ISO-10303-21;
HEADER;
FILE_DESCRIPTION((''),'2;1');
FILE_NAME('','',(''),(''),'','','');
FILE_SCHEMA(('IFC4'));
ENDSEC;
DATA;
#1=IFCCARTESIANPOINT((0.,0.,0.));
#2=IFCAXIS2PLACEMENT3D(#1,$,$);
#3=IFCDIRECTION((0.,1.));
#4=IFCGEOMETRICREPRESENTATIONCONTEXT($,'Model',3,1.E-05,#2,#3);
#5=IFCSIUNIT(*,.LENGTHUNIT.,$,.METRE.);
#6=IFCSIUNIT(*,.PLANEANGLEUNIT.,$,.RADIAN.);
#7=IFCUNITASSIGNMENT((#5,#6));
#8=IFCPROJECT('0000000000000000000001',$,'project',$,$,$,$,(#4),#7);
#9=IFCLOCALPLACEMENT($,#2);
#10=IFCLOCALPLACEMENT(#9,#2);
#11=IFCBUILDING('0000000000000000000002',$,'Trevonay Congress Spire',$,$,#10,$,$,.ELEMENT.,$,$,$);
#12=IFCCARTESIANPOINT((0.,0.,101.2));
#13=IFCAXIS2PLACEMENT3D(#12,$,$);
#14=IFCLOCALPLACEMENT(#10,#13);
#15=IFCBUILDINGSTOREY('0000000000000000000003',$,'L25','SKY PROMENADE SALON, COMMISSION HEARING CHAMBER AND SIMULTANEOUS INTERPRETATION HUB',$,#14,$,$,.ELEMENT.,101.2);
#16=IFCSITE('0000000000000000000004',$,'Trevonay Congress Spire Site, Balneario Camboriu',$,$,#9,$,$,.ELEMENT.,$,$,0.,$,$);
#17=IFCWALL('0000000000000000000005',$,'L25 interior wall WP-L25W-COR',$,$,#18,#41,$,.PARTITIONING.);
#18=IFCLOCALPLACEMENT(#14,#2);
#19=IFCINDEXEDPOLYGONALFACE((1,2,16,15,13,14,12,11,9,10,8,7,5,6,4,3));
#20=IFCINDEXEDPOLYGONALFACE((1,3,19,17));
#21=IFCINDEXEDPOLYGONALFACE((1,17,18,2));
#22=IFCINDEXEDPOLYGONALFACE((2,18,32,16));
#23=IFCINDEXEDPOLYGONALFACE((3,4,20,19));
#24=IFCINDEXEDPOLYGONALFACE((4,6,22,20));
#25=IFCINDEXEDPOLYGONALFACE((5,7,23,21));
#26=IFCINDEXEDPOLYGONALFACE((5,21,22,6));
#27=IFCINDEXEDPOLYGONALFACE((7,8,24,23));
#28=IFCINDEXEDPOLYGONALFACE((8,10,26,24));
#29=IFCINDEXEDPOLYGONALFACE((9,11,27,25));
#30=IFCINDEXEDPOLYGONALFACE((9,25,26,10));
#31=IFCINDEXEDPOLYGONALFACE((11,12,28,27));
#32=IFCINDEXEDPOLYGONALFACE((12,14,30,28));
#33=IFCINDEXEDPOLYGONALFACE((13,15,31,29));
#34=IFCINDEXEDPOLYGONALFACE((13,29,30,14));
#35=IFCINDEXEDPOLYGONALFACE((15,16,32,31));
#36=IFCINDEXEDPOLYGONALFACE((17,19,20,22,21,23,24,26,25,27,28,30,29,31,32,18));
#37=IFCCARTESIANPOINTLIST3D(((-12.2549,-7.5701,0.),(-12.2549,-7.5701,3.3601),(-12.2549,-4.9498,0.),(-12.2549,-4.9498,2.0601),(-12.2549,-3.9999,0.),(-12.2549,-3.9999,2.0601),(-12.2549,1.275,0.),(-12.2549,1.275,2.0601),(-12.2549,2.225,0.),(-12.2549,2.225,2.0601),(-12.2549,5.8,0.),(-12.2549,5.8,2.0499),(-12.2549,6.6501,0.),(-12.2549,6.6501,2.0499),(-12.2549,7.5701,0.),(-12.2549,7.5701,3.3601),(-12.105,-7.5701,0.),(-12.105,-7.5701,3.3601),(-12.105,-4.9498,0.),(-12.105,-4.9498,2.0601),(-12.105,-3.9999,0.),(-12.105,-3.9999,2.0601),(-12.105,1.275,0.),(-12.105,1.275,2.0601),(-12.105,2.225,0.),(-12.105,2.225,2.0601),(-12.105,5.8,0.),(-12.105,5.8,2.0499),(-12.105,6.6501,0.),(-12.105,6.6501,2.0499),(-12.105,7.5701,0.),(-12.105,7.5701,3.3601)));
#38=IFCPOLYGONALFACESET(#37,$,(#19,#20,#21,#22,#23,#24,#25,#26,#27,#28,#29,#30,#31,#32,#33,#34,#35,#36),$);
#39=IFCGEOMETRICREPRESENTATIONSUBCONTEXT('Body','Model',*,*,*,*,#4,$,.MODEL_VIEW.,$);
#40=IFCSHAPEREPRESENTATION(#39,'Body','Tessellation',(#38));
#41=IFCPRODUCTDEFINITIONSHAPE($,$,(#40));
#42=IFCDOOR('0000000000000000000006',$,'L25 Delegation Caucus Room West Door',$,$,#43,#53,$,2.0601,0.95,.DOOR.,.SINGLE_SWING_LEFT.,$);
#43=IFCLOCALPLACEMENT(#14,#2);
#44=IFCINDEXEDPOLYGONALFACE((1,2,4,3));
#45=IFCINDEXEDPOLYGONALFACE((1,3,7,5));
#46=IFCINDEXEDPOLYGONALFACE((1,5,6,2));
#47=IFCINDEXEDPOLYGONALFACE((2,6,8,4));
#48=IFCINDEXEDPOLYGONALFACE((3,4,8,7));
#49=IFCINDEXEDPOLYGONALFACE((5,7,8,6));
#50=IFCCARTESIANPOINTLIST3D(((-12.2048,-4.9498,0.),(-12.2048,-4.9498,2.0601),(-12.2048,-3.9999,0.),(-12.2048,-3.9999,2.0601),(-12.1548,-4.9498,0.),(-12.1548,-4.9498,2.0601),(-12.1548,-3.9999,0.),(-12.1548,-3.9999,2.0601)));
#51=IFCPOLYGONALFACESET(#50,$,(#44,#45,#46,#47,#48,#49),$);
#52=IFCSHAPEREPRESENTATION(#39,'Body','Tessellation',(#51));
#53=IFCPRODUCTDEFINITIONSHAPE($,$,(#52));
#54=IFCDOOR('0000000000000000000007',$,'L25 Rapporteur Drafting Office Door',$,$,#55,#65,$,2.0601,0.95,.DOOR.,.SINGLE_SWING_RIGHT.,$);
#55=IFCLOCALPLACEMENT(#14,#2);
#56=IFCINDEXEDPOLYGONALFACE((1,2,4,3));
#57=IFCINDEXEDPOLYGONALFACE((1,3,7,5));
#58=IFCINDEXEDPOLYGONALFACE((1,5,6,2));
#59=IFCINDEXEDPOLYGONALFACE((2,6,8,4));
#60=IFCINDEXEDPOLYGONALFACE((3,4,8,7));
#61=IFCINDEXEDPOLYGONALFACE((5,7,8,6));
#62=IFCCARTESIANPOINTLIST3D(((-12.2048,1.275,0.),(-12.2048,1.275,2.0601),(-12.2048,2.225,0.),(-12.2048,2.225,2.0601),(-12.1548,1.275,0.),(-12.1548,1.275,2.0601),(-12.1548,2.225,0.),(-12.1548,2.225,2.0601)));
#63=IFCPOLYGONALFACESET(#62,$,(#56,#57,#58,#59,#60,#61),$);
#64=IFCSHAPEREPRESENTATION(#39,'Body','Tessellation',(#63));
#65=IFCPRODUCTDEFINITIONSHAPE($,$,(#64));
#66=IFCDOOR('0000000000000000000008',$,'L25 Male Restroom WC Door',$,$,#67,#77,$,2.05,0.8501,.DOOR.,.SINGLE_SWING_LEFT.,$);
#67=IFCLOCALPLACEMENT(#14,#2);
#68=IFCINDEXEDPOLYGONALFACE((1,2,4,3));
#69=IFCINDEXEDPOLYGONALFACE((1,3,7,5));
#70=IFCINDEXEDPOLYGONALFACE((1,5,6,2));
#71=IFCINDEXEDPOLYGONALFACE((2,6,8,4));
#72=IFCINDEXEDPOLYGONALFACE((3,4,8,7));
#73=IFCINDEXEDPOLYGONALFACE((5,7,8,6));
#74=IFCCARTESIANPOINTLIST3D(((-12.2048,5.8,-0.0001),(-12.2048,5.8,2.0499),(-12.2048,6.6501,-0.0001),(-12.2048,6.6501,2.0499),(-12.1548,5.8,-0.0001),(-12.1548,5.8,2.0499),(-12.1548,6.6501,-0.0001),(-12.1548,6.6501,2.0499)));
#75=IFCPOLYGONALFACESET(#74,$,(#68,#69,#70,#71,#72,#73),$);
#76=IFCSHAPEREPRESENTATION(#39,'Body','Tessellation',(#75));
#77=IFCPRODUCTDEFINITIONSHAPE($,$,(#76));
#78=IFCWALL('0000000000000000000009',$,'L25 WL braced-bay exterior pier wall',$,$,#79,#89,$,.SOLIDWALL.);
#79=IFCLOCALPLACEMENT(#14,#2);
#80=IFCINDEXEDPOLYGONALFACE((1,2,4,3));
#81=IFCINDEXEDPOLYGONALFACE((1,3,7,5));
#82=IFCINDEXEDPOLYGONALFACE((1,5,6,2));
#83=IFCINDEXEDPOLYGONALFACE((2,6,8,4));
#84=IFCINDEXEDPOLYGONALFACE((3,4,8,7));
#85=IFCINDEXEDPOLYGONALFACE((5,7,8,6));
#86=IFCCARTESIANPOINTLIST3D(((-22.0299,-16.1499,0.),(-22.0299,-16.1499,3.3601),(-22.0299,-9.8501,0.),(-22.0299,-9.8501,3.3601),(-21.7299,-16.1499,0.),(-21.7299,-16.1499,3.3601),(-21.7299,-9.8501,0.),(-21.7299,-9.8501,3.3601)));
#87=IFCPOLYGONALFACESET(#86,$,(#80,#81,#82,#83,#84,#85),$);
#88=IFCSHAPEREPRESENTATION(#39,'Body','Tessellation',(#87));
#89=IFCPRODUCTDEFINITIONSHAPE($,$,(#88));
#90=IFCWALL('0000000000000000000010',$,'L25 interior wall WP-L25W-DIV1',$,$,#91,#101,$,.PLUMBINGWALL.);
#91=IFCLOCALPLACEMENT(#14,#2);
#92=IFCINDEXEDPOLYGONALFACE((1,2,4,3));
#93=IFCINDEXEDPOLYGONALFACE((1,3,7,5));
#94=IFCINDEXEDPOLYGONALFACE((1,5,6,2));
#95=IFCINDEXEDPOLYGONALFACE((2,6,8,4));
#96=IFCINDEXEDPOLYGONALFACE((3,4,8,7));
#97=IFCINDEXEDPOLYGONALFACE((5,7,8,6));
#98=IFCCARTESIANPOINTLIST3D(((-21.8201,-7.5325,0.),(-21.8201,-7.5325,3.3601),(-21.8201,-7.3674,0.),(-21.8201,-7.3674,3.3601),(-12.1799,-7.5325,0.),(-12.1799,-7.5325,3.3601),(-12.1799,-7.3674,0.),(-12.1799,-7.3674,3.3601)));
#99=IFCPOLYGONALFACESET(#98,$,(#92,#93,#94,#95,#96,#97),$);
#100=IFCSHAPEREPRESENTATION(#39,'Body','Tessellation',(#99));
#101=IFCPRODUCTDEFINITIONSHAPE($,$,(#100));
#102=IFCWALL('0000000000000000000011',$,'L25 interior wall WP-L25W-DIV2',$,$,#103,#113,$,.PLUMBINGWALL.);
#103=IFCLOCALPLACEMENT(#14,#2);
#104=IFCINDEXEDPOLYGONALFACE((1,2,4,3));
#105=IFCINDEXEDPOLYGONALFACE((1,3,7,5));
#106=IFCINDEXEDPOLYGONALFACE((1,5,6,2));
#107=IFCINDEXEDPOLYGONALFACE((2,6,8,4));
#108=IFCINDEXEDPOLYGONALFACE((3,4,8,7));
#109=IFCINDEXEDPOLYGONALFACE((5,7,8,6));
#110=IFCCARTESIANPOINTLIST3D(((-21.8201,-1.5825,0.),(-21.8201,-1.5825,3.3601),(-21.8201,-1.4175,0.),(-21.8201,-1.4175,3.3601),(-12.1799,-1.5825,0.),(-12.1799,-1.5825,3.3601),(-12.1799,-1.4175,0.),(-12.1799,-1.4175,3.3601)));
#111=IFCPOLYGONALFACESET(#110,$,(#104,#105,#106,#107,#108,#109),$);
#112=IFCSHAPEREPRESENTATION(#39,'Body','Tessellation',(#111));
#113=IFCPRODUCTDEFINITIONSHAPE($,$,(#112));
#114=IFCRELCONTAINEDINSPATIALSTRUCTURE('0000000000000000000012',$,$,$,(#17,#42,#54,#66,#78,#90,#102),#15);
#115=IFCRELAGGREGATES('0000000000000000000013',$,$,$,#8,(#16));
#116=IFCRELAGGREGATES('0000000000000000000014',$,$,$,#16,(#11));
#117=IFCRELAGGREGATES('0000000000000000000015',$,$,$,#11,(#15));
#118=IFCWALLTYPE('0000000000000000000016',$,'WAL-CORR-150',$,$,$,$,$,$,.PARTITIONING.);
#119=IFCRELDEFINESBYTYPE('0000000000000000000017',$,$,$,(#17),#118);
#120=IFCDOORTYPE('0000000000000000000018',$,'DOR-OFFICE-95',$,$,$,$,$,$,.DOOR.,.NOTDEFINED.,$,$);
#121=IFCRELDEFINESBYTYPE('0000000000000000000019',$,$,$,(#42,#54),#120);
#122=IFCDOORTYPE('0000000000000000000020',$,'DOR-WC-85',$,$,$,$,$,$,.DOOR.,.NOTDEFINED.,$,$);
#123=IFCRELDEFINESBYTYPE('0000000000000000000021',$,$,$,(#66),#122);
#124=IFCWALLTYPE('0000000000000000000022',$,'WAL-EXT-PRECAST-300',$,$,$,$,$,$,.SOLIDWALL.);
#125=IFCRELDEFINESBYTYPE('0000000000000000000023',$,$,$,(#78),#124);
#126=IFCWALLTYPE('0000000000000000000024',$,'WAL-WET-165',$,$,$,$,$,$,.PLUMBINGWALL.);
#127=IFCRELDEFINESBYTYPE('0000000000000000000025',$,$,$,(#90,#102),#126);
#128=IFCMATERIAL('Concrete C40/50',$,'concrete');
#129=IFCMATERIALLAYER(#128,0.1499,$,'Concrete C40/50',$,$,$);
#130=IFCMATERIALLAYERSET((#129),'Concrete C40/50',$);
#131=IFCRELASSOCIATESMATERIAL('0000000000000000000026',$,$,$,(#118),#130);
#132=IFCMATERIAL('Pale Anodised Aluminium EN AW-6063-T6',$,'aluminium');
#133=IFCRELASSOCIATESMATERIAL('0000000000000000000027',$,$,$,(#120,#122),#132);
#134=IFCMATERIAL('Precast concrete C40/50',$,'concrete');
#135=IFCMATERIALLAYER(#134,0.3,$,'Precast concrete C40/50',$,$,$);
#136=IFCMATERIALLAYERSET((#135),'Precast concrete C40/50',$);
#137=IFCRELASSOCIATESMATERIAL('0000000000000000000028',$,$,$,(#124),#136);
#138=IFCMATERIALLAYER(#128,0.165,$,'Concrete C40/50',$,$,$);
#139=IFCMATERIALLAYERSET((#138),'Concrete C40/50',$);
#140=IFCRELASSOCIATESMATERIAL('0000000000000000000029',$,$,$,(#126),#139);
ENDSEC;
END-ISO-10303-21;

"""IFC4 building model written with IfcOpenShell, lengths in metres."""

from ifc_helpers import new_model, si_unit, direction, frame, frame_2d, origin, place, context, subcontext, project, spatial, rectangle, extrude, material, layer, layer_set, type_object, element, fill, save


model = new_model("IFC4")

# Units and contexts
model_context = context("Model", 3, precision=1e-05, world=origin(), true_north=direction((0.0, 1.0)))
body_context = subcontext(model_context, "Body", "Model", "MODEL_VIEW")
ifc_project = project(units=[si_unit("LENGTHUNIT", "METRE"), si_unit("PLANEANGLEUNIT", "RADIAN")], contexts=[model_context])

# Site, building, storey
site_placement = place(None, origin())
site = spatial("IfcSite", under=ifc_project, at=site_placement, Name="Trevonay Congress Spire Site, Balneario Camboriu", CompositionType="ELEMENT", RefElevation=0.0)
building_placement = place(site_placement, origin())
building = spatial("IfcBuilding", under=site, at=building_placement, Name="Trevonay Congress Spire", CompositionType="ELEMENT")
storey_placement = place(building_placement, frame((0.0, 0.0, 101.2)))
storey = spatial("IfcBuildingStorey", under=building, at=storey_placement, Name="L25", Description="SKY PROMENADE SALON, COMMISSION HEARING CHAMBER AND SIMULTANEOUS INTERPRETATION HUB", CompositionType="ELEMENT", Elevation=101.2)

# Shared definitions
ifc_material_1 = material(Name="Pale Anodised Aluminium EN AW-6063-T6", Category="aluminium")

# Wall, openings, doors
ifc_material_2 = material(Name="Concrete C40/50", Category="concrete")
ifc_layer_1 = layer(ifc_material_2, 0.1499, Name="Concrete C40/50")
ifc_layer_set_1 = layer_set([ifc_layer_1], Name="Concrete C40/50")
wall_type_1 = type_object("IfcWallType", Name="WAL-CORR-150", PredefinedType="PARTITIONING", material=ifc_layer_set_1)
door_type_1 = type_object("IfcDoorType", Name="DOR-OFFICE-95", OperationType="NOTDEFINED", PredefinedType="DOOR", material=ifc_material_1)
door_type_2 = type_object("IfcDoorType", Name="DOR-WC-85", OperationType="NOTDEFINED", PredefinedType="DOOR", material=ifc_material_1)
wall_1_placement = place(storey_placement, frame((-12.1799, -7.5701, 0.0), z_axis=(0.0, 0.0, 1.0), x_axis=(0.0, 1.0, 0.0)))
wall_1 = element("IfcWall", 1, at=wall_1_placement, inside=storey, type_object=wall_type_1, Name="L25 interior wall WP-L25W-COR", PredefinedType="PARTITIONING", context=body_context, shape_type="SweptSolid", body=[
    extrude(rectangle(XDim=15.1401, YDim=0.1499, at=frame_2d((7.5701, 0.0))), origin(), (0.0, 0.0, 1.0), 3.3601),
])
opening_1_placement = place(wall_1_placement, frame((2.6201, 0.0, 0.0)))
opening_1 = element("IfcOpeningElement", 2, at=opening_1_placement, cuts=wall_1, PredefinedType="OPENING", context=body_context, shape_type="SweptSolid", body=[
    extrude(rectangle(XDim=0.95, YDim=2.0601, at=frame_2d((0.4751, 1.03))), frame((0.0, 0.085, 0.0), z_axis=(0.0, -1.0, 0.0), x_axis=(1.0, 0.0, 0.0)), (0.0, 0.0, 1.0), 0.1699),
])
opening_2_placement = place(wall_1_placement, frame((8.845, 0.0, 0.0)))
opening_2 = element("IfcOpeningElement", 3, at=opening_2_placement, cuts=wall_1, PredefinedType="OPENING", context=body_context, shape_type="SweptSolid", body=[
    extrude(rectangle(XDim=0.95, YDim=2.0601, at=frame_2d((0.4751, 1.03))), frame((0.0, 0.085, 0.0), z_axis=(0.0, -1.0, 0.0), x_axis=(1.0, 0.0, 0.0)), (0.0, 0.0, 1.0), 0.1699),
])
opening_3_placement = place(wall_1_placement, frame((13.3701, 0.0, 0.0)))
opening_3 = element("IfcOpeningElement", 4, at=opening_3_placement, cuts=wall_1, PredefinedType="OPENING", context=body_context, shape_type="SweptSolid", body=[
    extrude(rectangle(XDim=0.8501, YDim=2.05, at=frame_2d((0.425, 1.0249))), frame((0.0, 0.085, 0.0), z_axis=(0.0, -1.0, 0.0), x_axis=(1.0, 0.0, 0.0)), (0.0, 0.0, 1.0), 0.1699),
])
door_1_placement = place(opening_1_placement, origin())
door_1 = element("IfcDoor", 5, at=door_1_placement, inside=storey, type_object=door_type_1, Name="L25 Delegation Caucus Room West Door", OperationType="SINGLE_SWING_LEFT", OverallHeight=2.0601, OverallWidth=0.95, PredefinedType="DOOR", context=body_context, shape_type="SweptSolid", body=[
    extrude(rectangle(XDim=0.95, YDim=2.0601, at=frame_2d((0.4751, 1.03))), frame((0.0, 0.0249, 0.0), z_axis=(0.0, -1.0, 0.0), x_axis=(1.0, 0.0, 0.0)), (0.0, 0.0, 1.0), 0.05),
])
fill(opening_1, door_1)
door_2_placement = place(opening_2_placement, origin())
door_2 = element("IfcDoor", 6, at=door_2_placement, inside=storey, type_object=door_type_1, Name="L25 Rapporteur Drafting Office Door", OperationType="SINGLE_SWING_RIGHT", OverallHeight=2.0601, OverallWidth=0.95, PredefinedType="DOOR", context=body_context, shape_type="SweptSolid", body=[
    extrude(rectangle(XDim=0.95, YDim=2.0601, at=frame_2d((0.4751, 1.03))), frame((0.0, 0.0249, 0.0), z_axis=(0.0, -1.0, 0.0), x_axis=(1.0, 0.0, 0.0)), (0.0, 0.0, 1.0), 0.05),
])
fill(opening_2, door_2)
door_3_placement = place(opening_3_placement, origin())
door_3 = element("IfcDoor", 7, at=door_3_placement, inside=storey, type_object=door_type_2, Name="L25 Male Restroom WC Door", OperationType="SINGLE_SWING_LEFT", OverallHeight=2.05, OverallWidth=0.8501, PredefinedType="DOOR", context=body_context, shape_type="SweptSolid", body=[
    extrude(rectangle(XDim=0.8501, YDim=2.05, at=frame_2d((0.425, 1.0249))), frame((0.0, 0.0249, 0.0), z_axis=(0.0, -1.0, 0.0), x_axis=(1.0, 0.0, 0.0)), (0.0, 0.0, 1.0), 0.05),
])
fill(opening_3, door_3)

# Walls
ifc_material_3 = material(Name="Precast concrete C40/50", Category="concrete")
ifc_layer_2 = layer(ifc_material_3, 0.3, Name="Precast concrete C40/50")
ifc_layer_set_2 = layer_set([ifc_layer_2], Name="Precast concrete C40/50")
wall_type_2 = type_object("IfcWallType", Name="WAL-EXT-PRECAST-300", PredefinedType="SOLIDWALL", material=ifc_layer_set_2)
wall_2_placement = place(storey_placement, frame((-21.8799, -16.1499, 0.0), z_axis=(0.0, 0.0, 1.0), x_axis=(0.0, 1.0, 0.0)))
element("IfcWall", 8, at=wall_2_placement, inside=storey, type_object=wall_type_2, Name="L25 WL braced-bay exterior pier wall", PredefinedType="SOLIDWALL", context=body_context, shape_type="SweptSolid", body=[
    extrude(rectangle(XDim=6.2998, YDim=0.3, at=frame_2d((3.1499, 0.0))), origin(), (0.0, 0.0, 1.0), 3.3601),
])
ifc_layer_3 = layer(ifc_material_2, 0.165, Name="Concrete C40/50")
ifc_layer_set_3 = layer_set([ifc_layer_3], Name="Concrete C40/50")
wall_type_3 = type_object("IfcWallType", Name="WAL-WET-165", PredefinedType="PLUMBINGWALL", material=ifc_layer_set_3)
for number, where, z_axis, x_axis, name in (
    (9, (-21.8201, -7.45, 0.0), (0.0, 0.0, 1.0), (1.0, 0.0, 0.0), "L25 interior wall WP-L25W-DIV1"),
    (10, (-21.8201, -1.5, 0.0), (0.0, 0.0, 1.0), (1.0, 0.0, 0.0), "L25 interior wall WP-L25W-DIV2"),
):
    element("IfcWall", number, at=place(storey_placement, frame(where, z_axis=z_axis, x_axis=x_axis)), inside=storey, type_object=wall_type_3, Name=name, PredefinedType="PLUMBINGWALL", context=body_context, shape_type="SweptSolid", body=[
        extrude(rectangle(XDim=9.6401, YDim=0.165, at=frame_2d((4.8201, 0.0))), origin(), (0.0, 0.0, 1.0), 3.3601),
    ])

save(model, "model.ifc")
